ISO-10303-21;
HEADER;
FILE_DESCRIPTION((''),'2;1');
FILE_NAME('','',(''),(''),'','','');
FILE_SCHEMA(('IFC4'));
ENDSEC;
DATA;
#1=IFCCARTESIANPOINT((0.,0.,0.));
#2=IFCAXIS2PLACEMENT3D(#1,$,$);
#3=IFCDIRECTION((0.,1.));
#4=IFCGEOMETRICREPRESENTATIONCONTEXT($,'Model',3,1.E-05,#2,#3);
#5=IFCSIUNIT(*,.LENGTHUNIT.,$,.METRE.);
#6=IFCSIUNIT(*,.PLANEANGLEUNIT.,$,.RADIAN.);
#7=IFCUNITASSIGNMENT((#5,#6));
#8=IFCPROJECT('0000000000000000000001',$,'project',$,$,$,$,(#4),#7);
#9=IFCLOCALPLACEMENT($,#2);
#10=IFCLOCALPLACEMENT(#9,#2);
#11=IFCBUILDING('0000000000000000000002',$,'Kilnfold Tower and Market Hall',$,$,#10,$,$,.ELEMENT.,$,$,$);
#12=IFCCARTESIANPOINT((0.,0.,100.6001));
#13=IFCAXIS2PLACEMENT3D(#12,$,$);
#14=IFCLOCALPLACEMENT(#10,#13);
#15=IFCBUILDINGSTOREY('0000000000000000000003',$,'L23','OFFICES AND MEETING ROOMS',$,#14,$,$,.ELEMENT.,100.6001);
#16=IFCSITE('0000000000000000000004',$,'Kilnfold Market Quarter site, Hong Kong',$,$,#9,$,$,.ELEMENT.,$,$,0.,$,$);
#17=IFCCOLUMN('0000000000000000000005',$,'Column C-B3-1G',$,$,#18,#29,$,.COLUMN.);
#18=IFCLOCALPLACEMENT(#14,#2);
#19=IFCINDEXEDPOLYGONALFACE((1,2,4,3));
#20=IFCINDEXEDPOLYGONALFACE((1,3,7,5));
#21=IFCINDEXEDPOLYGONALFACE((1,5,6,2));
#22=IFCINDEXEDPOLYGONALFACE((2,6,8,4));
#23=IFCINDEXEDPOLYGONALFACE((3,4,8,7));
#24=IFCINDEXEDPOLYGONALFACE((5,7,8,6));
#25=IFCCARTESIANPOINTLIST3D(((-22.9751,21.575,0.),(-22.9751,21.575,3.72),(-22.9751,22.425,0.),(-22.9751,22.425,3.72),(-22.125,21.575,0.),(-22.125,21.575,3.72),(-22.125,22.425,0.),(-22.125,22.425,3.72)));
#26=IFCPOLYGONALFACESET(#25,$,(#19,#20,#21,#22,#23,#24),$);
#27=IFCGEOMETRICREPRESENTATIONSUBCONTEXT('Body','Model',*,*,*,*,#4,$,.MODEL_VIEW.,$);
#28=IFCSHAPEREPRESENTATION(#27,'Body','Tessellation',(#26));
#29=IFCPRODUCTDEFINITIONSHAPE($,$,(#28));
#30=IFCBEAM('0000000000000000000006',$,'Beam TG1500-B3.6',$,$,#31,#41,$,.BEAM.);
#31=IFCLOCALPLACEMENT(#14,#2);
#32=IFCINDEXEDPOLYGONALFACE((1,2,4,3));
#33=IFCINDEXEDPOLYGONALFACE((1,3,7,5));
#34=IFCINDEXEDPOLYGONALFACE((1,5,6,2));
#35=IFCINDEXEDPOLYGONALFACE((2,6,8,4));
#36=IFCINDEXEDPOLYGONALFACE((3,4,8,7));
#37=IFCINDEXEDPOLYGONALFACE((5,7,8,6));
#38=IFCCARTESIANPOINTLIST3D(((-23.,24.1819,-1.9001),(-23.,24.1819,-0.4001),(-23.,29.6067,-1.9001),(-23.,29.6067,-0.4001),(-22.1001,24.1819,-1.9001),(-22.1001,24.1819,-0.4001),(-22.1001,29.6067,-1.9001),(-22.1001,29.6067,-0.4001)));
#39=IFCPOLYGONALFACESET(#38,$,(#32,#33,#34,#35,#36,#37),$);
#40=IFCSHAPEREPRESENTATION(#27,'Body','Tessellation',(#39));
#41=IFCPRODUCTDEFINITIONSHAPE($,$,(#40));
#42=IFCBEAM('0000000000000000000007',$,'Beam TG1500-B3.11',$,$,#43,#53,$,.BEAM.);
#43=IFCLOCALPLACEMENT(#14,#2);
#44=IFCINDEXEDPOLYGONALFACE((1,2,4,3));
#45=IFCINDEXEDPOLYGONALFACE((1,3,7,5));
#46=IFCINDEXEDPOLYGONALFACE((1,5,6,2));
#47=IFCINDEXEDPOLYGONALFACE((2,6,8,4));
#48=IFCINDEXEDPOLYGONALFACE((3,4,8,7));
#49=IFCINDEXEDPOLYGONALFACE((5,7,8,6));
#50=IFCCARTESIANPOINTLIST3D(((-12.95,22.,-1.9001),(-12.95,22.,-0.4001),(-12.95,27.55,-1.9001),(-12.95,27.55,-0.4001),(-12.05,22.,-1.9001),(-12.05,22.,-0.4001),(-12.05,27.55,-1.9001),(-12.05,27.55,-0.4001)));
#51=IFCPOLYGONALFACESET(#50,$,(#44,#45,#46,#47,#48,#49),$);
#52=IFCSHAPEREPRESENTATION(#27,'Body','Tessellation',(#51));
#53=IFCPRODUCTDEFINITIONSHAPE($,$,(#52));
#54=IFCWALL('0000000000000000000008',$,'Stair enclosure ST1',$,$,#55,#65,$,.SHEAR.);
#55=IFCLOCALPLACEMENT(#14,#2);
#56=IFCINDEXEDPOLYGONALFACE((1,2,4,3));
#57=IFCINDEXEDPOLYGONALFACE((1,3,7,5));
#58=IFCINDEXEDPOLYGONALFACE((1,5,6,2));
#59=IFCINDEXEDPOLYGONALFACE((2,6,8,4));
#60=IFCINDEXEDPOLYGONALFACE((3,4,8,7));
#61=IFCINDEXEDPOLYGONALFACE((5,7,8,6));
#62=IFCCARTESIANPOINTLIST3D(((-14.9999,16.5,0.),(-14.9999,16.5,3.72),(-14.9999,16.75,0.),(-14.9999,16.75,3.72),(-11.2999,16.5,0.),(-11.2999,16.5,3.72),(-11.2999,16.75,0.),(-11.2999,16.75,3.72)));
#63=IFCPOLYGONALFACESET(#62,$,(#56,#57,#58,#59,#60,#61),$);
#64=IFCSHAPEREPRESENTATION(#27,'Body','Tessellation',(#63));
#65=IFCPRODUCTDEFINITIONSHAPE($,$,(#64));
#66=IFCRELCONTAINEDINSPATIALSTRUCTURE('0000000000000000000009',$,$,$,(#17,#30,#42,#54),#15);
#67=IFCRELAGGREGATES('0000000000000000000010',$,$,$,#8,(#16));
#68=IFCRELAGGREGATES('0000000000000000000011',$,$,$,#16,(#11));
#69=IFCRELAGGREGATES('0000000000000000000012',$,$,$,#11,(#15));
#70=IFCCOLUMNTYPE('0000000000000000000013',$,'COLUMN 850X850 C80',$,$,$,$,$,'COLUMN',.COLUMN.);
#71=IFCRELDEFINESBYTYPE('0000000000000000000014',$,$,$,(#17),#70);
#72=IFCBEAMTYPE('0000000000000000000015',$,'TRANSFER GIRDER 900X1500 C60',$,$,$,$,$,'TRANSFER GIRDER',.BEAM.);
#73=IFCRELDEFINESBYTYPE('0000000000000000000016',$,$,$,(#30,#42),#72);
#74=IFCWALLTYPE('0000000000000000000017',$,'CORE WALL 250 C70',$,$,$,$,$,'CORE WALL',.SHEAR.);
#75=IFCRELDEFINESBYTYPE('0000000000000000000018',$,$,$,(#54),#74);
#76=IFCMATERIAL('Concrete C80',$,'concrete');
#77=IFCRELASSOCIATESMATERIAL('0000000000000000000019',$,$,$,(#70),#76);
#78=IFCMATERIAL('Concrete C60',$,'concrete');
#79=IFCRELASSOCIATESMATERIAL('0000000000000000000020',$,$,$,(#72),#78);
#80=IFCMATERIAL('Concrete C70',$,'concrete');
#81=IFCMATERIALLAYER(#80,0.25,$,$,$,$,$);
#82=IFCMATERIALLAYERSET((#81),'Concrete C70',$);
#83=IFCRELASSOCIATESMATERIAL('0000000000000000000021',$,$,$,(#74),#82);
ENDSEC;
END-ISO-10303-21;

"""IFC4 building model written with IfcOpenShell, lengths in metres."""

from ifc_helpers import new_model, si_unit, direction, frame, frame_2d, origin, origin_2d, place, context, subcontext, project, spatial, rectangle, extrude, source, transform, mapped, material, layer, layer_set, material_profile, profile_set, type_object, element, save


model = new_model("IFC4")

# Units and contexts
model_context = context("Model", 3, precision=1e-05, world=origin(), true_north=direction((0.0, 1.0)))
body_context = subcontext(model_context, "Body", "Model", "MODEL_VIEW")
ifc_project = project(units=[si_unit("LENGTHUNIT", "METRE"), si_unit("PLANEANGLEUNIT", "RADIAN")], contexts=[model_context])

# Site, building, storey
site_placement = place(None, origin())
site = spatial("IfcSite", under=ifc_project, at=site_placement, Name="Kilnfold Market Quarter site, Hong Kong", CompositionType="ELEMENT", RefElevation=0.0)
building_placement = place(site_placement, origin())
building = spatial("IfcBuilding", under=site, at=building_placement, Name="Kilnfold Tower and Market Hall", CompositionType="ELEMENT")
storey_placement = place(building_placement, frame((0.0, 0.0, 100.6001)))
storey = spatial("IfcBuildingStorey", under=building, at=storey_placement, Name="L23", Description="OFFICES AND MEETING ROOMS", CompositionType="ELEMENT", Elevation=100.6001)

# Column
ifc_material_1 = material(Name="Concrete C80", Category="concrete")
ifc_material_profile_1 = material_profile(ifc_material_1, rectangle(XDim=0.8501, YDim=0.8501, at=origin_2d()), Name="RC 850x850")
ifc_profile_set_1 = profile_set([ifc_material_profile_1], Name="Concrete C80")
column_type = type_object("IfcColumnType", Name="COLUMN 850X850 C80", ElementType="COLUMN", PredefinedType="COLUMN", material=ifc_profile_set_1)
shared_shape_1 = source(origin(), body_context, "Body", "SweptSolid", [
    extrude(rectangle(XDim=0.8501, YDim=0.8501, at=origin_2d()), origin(), (0.0, 0.0, 1.0), 3.72),
])
column_placement = place(storey_placement, frame((-22.55, 22.0, 0.0), z_axis=(0.0, 0.0, 1.0), x_axis=(1.0, 0.0, 0.0)))
element("IfcColumn", 1, at=column_placement, inside=storey, type_object=column_type, Name="Column C-B3-1G", PredefinedType="COLUMN", context=body_context, shape_type="MappedRepresentation", body=[
    mapped(shared_shape_1, transform((0.0, 0.0, 0.0))),
])

# Beams
ifc_material_2 = material(Name="Concrete C60", Category="concrete")
ifc_material_profile_2 = material_profile(ifc_material_2, rectangle(XDim=0.8999, YDim=1.5, at=origin_2d()), Name="RC 900x1500")
ifc_profile_set_2 = profile_set([ifc_material_profile_2], Name="Concrete C60")
beam_type = type_object("IfcBeamType", Name="TRANSFER GIRDER 900X1500 C60", ElementType="TRANSFER GIRDER", PredefinedType="BEAM", material=ifc_profile_set_2)
shared_shape_2 = source(origin(), body_context, "Body", "SweptSolid", [
    extrude(rectangle(XDim=0.8999, YDim=1.5, at=origin_2d()), origin(), (0.0, 0.0, 1.0), 5.4248),
])
beam_1_placement = place(storey_placement, frame((-22.55, 24.1819, -1.1501), z_axis=(0.0, 1.0, 0.0), x_axis=(-1.0, 0.0, 0.0)))
element("IfcBeam", 2, at=beam_1_placement, inside=storey, type_object=beam_type, Name="Beam TG1500-B3.6", PredefinedType="BEAM", context=body_context, shape_type="MappedRepresentation", body=[
    mapped(shared_shape_2, transform((0.0, 0.0, 0.0))),
])
shared_shape_3 = source(origin(), body_context, "Body", "SweptSolid", [
    extrude(rectangle(XDim=0.8999, YDim=1.5, at=origin_2d()), origin(), (0.0, 0.0, 1.0), 5.55),
])
beam_2_placement = place(storey_placement, frame((-12.5, 22.0, -1.1501), z_axis=(0.0, 1.0, 0.0), x_axis=(-1.0, 0.0, 0.0)))
element("IfcBeam", 3, at=beam_2_placement, inside=storey, type_object=beam_type, Name="Beam TG1500-B3.11", PredefinedType="BEAM", context=body_context, shape_type="MappedRepresentation", body=[
    mapped(shared_shape_3, transform((0.0, 0.0, 0.0))),
])

# Wall
ifc_material_3 = material(Name="Concrete C70", Category="concrete")
ifc_layer_1 = layer(ifc_material_3, 0.25)
ifc_layer_set_1 = layer_set([ifc_layer_1], Name="Concrete C70")
wall_type_1 = type_object("IfcWallType", Name="CORE WALL 250 C70", ElementType="CORE WALL", PredefinedType="SHEAR", material=ifc_layer_set_1)
shared_shape_4 = source(origin(), body_context, "Body", "SweptSolid", [
    extrude(rectangle(XDim=3.7, YDim=0.25, at=frame_2d((1.8501, 0.0))), origin(), (0.0, 0.0, 1.0), 3.72),
])
wall_1_placement = place(storey_placement, frame((-15.0, 16.625, 0.0), z_axis=(0.0, 0.0, 1.0), x_axis=(1.0, 0.0, 0.0)))
element("IfcWall", 4, at=wall_1_placement, inside=storey, type_object=wall_type_1, Name="Stair enclosure ST1", PredefinedType="SHEAR", context=body_context, shape_type="MappedRepresentation", body=[
    mapped(shared_shape_4, transform((0.0, 0.0, 0.0))),
])

save(model, "model.ifc")
